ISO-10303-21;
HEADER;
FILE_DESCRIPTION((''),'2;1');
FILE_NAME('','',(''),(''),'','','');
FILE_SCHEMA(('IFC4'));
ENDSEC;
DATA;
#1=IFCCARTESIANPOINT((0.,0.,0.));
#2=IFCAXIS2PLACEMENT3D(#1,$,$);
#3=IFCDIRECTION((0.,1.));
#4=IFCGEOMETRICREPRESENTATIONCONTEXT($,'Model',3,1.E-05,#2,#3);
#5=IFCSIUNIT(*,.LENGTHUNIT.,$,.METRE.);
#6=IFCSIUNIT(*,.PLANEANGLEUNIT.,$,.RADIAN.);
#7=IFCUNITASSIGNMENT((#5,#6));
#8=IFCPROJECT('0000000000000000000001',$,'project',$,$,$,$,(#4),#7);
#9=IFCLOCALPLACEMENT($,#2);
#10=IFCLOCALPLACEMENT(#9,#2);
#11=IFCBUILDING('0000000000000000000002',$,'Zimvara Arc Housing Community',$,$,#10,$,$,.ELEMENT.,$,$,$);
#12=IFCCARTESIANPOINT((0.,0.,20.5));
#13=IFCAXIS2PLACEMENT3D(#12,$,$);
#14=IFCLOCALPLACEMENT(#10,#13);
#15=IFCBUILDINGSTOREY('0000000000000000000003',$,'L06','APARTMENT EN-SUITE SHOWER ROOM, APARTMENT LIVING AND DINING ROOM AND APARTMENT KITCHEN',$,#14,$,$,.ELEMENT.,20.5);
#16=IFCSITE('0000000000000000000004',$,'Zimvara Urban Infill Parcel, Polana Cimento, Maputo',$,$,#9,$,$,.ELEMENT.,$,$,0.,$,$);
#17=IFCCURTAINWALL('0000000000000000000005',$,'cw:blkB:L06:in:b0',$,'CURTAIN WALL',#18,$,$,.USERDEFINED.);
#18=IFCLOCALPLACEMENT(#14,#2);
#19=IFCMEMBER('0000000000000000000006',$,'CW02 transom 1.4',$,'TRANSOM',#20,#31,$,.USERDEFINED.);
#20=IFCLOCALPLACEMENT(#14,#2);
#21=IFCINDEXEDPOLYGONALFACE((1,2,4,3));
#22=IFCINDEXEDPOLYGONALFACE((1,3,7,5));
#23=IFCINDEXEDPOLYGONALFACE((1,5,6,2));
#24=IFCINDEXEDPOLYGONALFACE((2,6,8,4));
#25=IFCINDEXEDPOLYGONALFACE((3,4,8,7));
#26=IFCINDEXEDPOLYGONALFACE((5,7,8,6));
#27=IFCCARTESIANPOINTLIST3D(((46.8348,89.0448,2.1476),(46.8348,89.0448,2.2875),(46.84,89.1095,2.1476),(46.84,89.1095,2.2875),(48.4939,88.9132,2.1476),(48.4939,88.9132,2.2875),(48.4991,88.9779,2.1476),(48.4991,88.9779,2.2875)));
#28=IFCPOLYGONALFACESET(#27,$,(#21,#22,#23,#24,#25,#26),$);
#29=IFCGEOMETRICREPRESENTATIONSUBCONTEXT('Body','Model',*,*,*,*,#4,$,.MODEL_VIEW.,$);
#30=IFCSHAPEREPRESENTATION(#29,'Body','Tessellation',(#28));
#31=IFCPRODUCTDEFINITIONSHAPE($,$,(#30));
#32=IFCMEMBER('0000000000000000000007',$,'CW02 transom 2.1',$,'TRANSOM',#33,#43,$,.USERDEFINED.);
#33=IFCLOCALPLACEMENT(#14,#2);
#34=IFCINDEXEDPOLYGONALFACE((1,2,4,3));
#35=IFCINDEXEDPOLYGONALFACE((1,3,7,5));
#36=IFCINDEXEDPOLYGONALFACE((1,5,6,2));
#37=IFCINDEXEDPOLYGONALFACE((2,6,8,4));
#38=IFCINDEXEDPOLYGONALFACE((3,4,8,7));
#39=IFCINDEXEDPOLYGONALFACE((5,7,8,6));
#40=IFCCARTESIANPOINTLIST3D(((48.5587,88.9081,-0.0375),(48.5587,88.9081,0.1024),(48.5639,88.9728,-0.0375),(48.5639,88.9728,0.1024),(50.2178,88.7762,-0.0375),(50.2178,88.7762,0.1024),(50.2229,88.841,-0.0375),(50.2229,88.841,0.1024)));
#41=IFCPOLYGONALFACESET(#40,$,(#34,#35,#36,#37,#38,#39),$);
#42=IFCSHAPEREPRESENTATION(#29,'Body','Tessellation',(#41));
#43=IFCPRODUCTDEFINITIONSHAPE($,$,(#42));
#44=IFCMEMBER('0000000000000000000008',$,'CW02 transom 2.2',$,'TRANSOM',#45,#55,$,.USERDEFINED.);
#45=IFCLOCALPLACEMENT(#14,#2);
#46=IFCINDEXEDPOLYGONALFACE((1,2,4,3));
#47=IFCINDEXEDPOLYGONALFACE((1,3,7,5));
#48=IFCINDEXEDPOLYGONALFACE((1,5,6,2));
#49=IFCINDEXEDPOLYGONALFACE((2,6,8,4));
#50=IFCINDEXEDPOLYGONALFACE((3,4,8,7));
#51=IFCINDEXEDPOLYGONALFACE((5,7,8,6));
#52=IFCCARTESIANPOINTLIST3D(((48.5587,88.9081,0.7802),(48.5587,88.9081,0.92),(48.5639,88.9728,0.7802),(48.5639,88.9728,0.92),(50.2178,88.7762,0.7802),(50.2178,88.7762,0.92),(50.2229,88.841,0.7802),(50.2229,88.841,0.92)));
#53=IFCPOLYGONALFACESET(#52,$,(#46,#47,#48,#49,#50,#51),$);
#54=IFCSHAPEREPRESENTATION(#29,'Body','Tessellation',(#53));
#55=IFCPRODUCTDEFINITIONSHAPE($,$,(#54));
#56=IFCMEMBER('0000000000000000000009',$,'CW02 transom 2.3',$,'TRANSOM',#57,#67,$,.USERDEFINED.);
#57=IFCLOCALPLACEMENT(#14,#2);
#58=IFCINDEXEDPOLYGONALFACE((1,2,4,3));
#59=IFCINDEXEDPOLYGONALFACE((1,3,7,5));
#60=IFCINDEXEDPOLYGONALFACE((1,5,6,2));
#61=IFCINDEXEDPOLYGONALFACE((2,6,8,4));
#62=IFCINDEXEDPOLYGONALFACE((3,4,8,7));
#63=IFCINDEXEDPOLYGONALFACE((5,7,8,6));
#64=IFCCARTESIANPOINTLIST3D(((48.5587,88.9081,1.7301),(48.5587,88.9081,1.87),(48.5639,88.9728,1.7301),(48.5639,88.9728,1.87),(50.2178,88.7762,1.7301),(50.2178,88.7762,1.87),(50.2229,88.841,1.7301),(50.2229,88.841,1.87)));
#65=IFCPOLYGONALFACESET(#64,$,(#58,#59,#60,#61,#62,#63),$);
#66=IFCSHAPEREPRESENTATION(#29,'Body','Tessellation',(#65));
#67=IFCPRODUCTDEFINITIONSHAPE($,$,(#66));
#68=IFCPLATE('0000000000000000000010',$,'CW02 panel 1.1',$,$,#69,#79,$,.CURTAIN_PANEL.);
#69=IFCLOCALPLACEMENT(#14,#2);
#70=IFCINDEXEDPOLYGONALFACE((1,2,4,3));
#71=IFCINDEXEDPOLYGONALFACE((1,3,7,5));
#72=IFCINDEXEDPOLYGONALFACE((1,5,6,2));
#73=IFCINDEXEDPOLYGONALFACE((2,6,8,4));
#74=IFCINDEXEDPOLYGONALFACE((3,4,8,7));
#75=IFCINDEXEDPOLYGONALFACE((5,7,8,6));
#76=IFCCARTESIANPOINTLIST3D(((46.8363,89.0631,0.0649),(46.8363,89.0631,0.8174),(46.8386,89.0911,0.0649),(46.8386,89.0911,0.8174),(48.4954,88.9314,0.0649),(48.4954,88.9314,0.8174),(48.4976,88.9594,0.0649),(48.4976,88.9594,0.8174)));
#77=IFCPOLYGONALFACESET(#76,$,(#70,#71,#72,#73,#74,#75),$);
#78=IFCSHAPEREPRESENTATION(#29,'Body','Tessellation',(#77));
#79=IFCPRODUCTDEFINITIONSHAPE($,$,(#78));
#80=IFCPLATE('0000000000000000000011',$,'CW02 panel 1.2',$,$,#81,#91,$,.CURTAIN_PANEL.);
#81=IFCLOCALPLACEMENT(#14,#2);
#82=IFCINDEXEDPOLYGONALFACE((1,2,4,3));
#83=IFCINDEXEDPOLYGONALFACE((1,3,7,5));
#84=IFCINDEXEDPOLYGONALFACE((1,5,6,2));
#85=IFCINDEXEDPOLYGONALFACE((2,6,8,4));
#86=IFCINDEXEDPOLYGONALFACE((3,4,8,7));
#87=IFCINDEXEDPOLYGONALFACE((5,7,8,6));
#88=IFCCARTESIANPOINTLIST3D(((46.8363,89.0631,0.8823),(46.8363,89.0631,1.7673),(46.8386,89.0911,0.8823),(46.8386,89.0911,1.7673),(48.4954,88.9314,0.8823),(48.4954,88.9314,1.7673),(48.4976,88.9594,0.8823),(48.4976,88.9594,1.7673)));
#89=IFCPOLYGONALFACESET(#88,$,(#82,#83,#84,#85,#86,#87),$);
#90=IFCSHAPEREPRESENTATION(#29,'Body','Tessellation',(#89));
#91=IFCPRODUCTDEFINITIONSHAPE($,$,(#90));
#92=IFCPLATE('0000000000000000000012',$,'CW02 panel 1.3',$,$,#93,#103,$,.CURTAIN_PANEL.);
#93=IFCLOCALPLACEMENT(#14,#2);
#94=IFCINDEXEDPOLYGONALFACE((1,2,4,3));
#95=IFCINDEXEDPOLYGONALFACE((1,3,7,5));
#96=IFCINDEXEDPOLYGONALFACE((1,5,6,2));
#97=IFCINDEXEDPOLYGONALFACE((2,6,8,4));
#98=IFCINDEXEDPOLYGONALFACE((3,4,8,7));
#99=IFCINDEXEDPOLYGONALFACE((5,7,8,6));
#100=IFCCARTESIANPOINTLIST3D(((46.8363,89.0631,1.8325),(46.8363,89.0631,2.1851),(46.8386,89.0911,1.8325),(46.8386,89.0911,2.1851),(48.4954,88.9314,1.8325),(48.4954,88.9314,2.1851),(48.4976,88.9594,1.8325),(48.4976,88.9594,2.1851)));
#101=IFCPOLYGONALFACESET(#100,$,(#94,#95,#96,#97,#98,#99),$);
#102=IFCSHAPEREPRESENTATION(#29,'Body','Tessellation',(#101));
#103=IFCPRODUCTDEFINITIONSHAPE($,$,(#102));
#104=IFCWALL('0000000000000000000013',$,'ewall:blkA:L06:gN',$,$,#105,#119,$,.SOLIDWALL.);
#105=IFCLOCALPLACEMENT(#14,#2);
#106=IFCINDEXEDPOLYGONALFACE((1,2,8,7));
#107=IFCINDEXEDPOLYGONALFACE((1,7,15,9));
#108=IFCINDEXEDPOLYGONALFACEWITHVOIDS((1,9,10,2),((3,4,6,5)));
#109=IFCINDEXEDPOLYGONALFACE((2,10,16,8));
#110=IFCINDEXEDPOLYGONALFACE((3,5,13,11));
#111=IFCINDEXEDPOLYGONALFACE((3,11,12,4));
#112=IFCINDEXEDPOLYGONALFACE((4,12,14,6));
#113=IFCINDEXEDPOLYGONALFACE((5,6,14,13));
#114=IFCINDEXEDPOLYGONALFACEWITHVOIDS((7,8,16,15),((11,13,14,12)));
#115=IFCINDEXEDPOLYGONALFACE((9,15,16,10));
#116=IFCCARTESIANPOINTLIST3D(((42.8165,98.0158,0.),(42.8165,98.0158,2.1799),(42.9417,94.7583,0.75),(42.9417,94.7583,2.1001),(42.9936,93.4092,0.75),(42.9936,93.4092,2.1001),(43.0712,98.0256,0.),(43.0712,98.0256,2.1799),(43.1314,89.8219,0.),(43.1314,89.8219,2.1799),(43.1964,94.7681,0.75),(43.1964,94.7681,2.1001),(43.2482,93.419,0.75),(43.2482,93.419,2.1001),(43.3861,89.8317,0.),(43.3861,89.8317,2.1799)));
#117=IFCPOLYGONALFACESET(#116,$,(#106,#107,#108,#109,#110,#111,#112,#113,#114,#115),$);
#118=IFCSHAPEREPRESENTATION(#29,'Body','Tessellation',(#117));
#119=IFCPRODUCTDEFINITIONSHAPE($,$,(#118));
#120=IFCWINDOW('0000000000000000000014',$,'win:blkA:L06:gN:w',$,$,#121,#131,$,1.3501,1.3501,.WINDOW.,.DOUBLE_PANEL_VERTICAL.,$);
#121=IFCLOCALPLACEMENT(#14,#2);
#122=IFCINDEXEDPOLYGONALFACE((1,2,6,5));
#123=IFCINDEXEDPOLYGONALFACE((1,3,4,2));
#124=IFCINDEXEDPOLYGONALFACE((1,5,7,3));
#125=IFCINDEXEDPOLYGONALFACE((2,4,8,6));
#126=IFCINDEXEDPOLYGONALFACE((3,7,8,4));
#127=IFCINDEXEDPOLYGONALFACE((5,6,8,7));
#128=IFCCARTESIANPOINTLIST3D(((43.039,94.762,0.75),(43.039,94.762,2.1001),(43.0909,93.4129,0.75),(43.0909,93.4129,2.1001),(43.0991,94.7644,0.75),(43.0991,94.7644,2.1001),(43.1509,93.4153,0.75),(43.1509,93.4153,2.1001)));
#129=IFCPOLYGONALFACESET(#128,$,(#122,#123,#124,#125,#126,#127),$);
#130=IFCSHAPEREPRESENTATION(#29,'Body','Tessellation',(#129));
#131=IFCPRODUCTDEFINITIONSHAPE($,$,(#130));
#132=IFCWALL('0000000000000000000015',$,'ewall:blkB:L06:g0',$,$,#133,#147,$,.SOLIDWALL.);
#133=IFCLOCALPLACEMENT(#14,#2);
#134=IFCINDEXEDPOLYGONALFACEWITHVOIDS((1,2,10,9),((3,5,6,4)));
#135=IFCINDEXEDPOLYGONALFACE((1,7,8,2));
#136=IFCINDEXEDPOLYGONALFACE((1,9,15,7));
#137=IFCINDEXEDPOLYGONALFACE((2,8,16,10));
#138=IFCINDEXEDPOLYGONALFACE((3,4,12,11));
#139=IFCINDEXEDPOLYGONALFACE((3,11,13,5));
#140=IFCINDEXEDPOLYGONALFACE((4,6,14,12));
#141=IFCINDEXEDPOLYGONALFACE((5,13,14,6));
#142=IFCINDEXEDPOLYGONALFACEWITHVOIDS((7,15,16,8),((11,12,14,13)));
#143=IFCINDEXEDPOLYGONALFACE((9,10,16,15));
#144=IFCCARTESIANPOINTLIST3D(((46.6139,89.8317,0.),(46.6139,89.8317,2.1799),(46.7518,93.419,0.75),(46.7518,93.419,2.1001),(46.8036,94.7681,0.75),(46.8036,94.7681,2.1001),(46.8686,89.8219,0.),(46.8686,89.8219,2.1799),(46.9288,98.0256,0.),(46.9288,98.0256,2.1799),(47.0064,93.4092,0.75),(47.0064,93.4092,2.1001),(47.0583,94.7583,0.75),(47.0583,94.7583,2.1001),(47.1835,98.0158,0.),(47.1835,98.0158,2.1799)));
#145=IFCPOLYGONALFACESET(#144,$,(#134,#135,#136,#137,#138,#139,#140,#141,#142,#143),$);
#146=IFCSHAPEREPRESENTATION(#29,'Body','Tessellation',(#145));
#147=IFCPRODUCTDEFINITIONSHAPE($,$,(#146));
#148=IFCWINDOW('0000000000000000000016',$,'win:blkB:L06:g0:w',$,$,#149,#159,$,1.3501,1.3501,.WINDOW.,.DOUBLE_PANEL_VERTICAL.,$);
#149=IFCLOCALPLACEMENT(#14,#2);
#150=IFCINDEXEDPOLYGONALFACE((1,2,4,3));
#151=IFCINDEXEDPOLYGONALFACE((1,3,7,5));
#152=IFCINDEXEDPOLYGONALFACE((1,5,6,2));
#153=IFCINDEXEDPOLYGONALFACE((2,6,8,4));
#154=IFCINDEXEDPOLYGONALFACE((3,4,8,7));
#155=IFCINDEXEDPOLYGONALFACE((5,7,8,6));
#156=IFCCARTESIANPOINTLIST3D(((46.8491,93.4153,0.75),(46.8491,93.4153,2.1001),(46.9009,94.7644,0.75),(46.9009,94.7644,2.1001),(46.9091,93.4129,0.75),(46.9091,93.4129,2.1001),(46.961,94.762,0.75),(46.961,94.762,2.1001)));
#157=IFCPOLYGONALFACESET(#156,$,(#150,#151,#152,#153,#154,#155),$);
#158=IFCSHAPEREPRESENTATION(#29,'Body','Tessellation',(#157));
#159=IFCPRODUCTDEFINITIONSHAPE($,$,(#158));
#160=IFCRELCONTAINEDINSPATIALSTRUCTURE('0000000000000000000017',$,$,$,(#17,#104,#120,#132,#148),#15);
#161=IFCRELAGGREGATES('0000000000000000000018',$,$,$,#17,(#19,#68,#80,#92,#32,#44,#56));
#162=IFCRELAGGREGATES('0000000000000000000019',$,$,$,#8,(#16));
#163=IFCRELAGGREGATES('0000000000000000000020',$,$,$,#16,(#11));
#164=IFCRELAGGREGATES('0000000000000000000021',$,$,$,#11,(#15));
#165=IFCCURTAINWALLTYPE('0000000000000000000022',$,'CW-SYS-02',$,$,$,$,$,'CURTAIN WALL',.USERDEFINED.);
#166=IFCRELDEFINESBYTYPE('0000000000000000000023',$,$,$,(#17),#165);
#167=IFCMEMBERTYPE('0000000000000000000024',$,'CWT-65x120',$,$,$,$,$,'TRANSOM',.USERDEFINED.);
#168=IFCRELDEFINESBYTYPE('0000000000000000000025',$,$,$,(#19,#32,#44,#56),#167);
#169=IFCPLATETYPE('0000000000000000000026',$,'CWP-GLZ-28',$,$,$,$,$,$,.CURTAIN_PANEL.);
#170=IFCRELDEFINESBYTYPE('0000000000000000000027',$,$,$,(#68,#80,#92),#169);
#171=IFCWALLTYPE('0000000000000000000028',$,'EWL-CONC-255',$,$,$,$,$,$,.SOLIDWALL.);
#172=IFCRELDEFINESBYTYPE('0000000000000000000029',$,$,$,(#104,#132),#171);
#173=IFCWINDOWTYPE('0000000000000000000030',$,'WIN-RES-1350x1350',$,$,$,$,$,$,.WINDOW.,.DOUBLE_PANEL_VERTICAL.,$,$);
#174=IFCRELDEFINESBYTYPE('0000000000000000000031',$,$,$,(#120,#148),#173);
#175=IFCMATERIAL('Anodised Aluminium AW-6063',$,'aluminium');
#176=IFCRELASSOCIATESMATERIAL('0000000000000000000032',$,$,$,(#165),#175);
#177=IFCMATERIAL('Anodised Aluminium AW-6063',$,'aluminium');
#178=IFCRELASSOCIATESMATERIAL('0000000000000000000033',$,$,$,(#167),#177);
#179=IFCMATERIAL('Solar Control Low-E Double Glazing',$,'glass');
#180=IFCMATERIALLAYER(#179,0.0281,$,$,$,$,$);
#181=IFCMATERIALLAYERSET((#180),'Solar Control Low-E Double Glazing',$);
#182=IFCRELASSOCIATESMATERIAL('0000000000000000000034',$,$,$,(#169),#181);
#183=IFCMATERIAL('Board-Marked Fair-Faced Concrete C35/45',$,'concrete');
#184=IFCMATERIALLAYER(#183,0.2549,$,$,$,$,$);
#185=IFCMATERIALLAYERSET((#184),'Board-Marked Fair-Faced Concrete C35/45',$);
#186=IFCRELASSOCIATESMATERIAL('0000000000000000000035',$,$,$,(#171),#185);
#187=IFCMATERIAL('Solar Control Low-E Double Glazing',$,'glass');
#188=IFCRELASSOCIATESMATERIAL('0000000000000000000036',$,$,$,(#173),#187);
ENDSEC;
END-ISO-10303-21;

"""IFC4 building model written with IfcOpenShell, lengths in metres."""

from ifc_helpers import new_model, si_unit, direction, frame, frame_2d, origin, origin_2d, place, context, subcontext, project, spatial, rectangle, extrude, material, layer, layer_set, material_profile, profile_set, type_object, element, fill, aggregate, save


model = new_model("IFC4")

# Units and contexts
model_context = context("Model", 3, precision=1e-05, world=origin(), true_north=direction((0.0, 1.0)))
body_context = subcontext(model_context, "Body", "Model", "MODEL_VIEW")
ifc_project = project(units=[si_unit("LENGTHUNIT", "METRE"), si_unit("PLANEANGLEUNIT", "RADIAN")], contexts=[model_context])

# Site, building, storey
site_placement = place(None, origin())
site = spatial("IfcSite", under=ifc_project, at=site_placement, Name="Zimvara Urban Infill Parcel, Polana Cimento, Maputo", CompositionType="ELEMENT", RefElevation=0.0)
building_placement = place(site_placement, origin())
building = spatial("IfcBuilding", under=site, at=building_placement, Name="Zimvara Arc Housing Community", CompositionType="ELEMENT")
storey_placement = place(building_placement, frame((0.0, 0.0, 20.5)))
storey = spatial("IfcBuildingStorey", under=building, at=storey_placement, Name="L06", Description="APARTMENT EN-SUITE SHOWER ROOM, APARTMENT LIVING AND DINING ROOM AND APARTMENT KITCHEN", CompositionType="ELEMENT", Elevation=20.5)

# Curtain wall, members, plates
ifc_material_1 = material(Name="Anodised Aluminium AW-6063", Category="aluminium")
curtain_wall_type_1 = type_object("IfcCurtainWallType", Name="CW-SYS-02", ElementType="CURTAIN WALL", PredefinedType="USERDEFINED", material=ifc_material_1)
curtain_wall_1_placement = place(storey_placement, origin())
curtain_wall_1 = element("IfcCurtainWall", 1, at=curtain_wall_1_placement, inside=storey, type_object=curtain_wall_type_1, Name="cw:blkB:L06:in:b0", ObjectType="CURTAIN WALL", PredefinedType="USERDEFINED")
ifc_material_2 = material(Name="Anodised Aluminium AW-6063", Category="aluminium")
ifc_material_profile_1 = material_profile(ifc_material_2, rectangle(XDim=0.0649, YDim=0.1399, at=origin_2d()), Name="ALU 65x140")
ifc_profile_set_1 = profile_set([ifc_material_profile_1], Name="Anodised Aluminium AW-6063")
member_type_1 = type_object("IfcMemberType", Name="CWT-65x120", ElementType="TRANSOM", PredefinedType="USERDEFINED", material=ifc_profile_set_1)
member_1_placement = place(storey_placement, frame((46.8374, 89.0771, 2.2175), z_axis=(0.99687, -0.079063, 0.0), x_axis=(0.079063, 0.99687, 0.0)))
member_1 = element("IfcMember", 2, at=member_1_placement, type_object=member_type_1, Name="CW02 transom 1.4", ObjectType="TRANSOM", PredefinedType="USERDEFINED", context=body_context, shape_type="SweptSolid", body=[
    extrude(rectangle(XDim=0.0649, YDim=0.1399, at=origin_2d()), origin(), (0.0, 0.0, 1.0), 1.6643),
])
member_2_placement = place(storey_placement, frame((48.5613, 88.9404, 0.0325), z_axis=(0.996858, -0.079209, 0.0), x_axis=(0.079209, 0.996858, 0.0)))
member_2 = element("IfcMember", 3, at=member_2_placement, type_object=member_type_1, Name="CW02 transom 2.1", ObjectType="TRANSOM", PredefinedType="USERDEFINED", context=body_context, shape_type="SweptSolid", body=[
    extrude(rectangle(XDim=0.0649, YDim=0.1399, at=origin_2d()), origin(), (0.0, 0.0, 1.0), 1.6643),
])
member_3_placement = place(storey_placement, frame((48.5613, 88.9404, 0.8501), z_axis=(0.996858, -0.079209, 0.0), x_axis=(0.079209, 0.996858, 0.0)))
member_3 = element("IfcMember", 4, at=member_3_placement, type_object=member_type_1, Name="CW02 transom 2.2", ObjectType="TRANSOM", PredefinedType="USERDEFINED", context=body_context, shape_type="SweptSolid", body=[
    extrude(rectangle(XDim=0.0649, YDim=0.1399, at=origin_2d()), origin(), (0.0, 0.0, 1.0), 1.6643),
])
member_4_placement = place(storey_placement, frame((48.5613, 88.9404, 1.8), z_axis=(0.996858, -0.079209, 0.0), x_axis=(0.079209, 0.996858, 0.0)))
member_4 = element("IfcMember", 5, at=member_4_placement, type_object=member_type_1, Name="CW02 transom 2.3", ObjectType="TRANSOM", PredefinedType="USERDEFINED", context=body_context, shape_type="SweptSolid", body=[
    extrude(rectangle(XDim=0.0649, YDim=0.1399, at=origin_2d()), origin(), (0.0, 0.0, 1.0), 1.6643),
])
ifc_material_3 = material(Name="Solar Control Low-E Double Glazing", Category="glass")
ifc_layer_1 = layer(ifc_material_3, 0.0281)
ifc_layer_set_1 = layer_set([ifc_layer_1], Name="Solar Control Low-E Double Glazing")
plate_type = type_object("IfcPlateType", Name="CWP-GLZ-28", PredefinedType="CURTAIN_PANEL", material=ifc_layer_set_1)
plate_1_placement = place(storey_placement, frame((47.667, 89.0112, 0.0649), z_axis=(0.0, 0.0, 1.0), x_axis=(0.996862, -0.079155, 0.0)))
plate_1 = element("IfcPlate", 6, at=plate_1_placement, type_object=plate_type, Name="CW02 panel 1.1", PredefinedType="CURTAIN_PANEL", context=body_context, shape_type="SweptSolid", body=[
    extrude(rectangle(XDim=1.6643, YDim=0.0281, at=origin_2d()), origin(), (0.0, 0.0, 1.0), 0.7524),
])
plate_2_placement = place(storey_placement, frame((47.667, 89.0112, 0.8823), z_axis=(0.0, 0.0, 1.0), x_axis=(0.996862, -0.079155, 0.0)))
plate_2 = element("IfcPlate", 7, at=plate_2_placement, type_object=plate_type, Name="CW02 panel 1.2", PredefinedType="CURTAIN_PANEL", context=body_context, shape_type="SweptSolid", body=[
    extrude(rectangle(XDim=1.6643, YDim=0.0281, at=origin_2d()), origin(), (0.0, 0.0, 1.0), 0.885),
])
plate_3_placement = place(storey_placement, frame((47.667, 89.0112, 1.8325), z_axis=(0.0, 0.0, 1.0), x_axis=(0.996862, -0.079155, 0.0)))
plate_3 = element("IfcPlate", 8, at=plate_3_placement, type_object=plate_type, Name="CW02 panel 1.3", PredefinedType="CURTAIN_PANEL", context=body_context, shape_type="SweptSolid", body=[
    extrude(rectangle(XDim=1.6643, YDim=0.0281, at=origin_2d()), origin(), (0.0, 0.0, 1.0), 0.3525),
])
aggregate(curtain_wall_1, [member_1, plate_1, plate_2, plate_3, member_2, member_3, member_4])

# Walls, openings, windows
ifc_material_4 = material(Name="Board-Marked Fair-Faced Concrete C35/45", Category="concrete")
ifc_layer_2 = layer(ifc_material_4, 0.2549)
ifc_layer_set_2 = layer_set([ifc_layer_2], Name="Board-Marked Fair-Faced Concrete C35/45")
wall_type_1 = type_object("IfcWallType", Name="EWL-CONC-255", PredefinedType="SOLIDWALL", material=ifc_layer_set_2)
wall_1_placement = place(storey_placement, frame((43.2588, 89.8267, 0.0), z_axis=(0.0, 0.0, 1.0), x_axis=(-0.038408, 0.999262, 0.0)))
wall_1 = element("IfcWall", 9, at=wall_1_placement, inside=storey, type_object=wall_type_1, Name="ewall:blkA:L06:gN", PredefinedType="SOLIDWALL", context=body_context, shape_type="SweptSolid", body=[
    extrude(rectangle(XDim=8.2, YDim=0.2549, at=frame_2d((4.1001, 0.0))), origin(), (0.0, 0.0, 1.0), 2.1799),
])
opening_1_placement = place(wall_1_placement, frame((3.5901, 0.0, 0.75)))
opening_1 = element("IfcOpeningElement", 10, at=opening_1_placement, cuts=wall_1, PredefinedType="OPENING", context=body_context, shape_type="SweptSolid", body=[
    extrude(rectangle(XDim=1.3501, YDim=1.3501, at=frame_2d((0.675, 0.675))), frame((0.0, 0.1375, 0.0), z_axis=(0.0, -1.0, 0.0), x_axis=(1.0, 0.0, 0.0)), (0.0, 0.0, 1.0), 0.2749),
])
ifc_material_5 = material(Name="Solar Control Low-E Double Glazing", Category="glass")
window_type = type_object("IfcWindowType", Name="WIN-RES-1350x1350", PartitioningType="DOUBLE_PANEL_VERTICAL", PredefinedType="WINDOW", material=ifc_material_5)
window_1_placement = place(opening_1_placement, origin())
window_1 = element("IfcWindow", 11, at=window_1_placement, inside=storey, type_object=window_type, Name="win:blkA:L06:gN:w", OverallHeight=1.3501, OverallWidth=1.3501, PartitioningType="DOUBLE_PANEL_VERTICAL", PredefinedType="WINDOW", context=body_context, shape_type="SweptSolid", body=[
    extrude(rectangle(XDim=1.3501, YDim=1.3501, at=frame_2d((0.675, 0.675))), frame((0.0, 0.03, 0.0), z_axis=(0.0, -1.0, 0.0), x_axis=(1.0, 0.0, 0.0)), (0.0, 0.0, 1.0), 0.0601),
])
fill(opening_1, window_1)
wall_2_placement = place(storey_placement, frame((46.7412, 89.8267, 0.0), z_axis=(0.0, 0.0, 1.0), x_axis=(0.038408, 0.999262, 0.0)))
wall_2 = element("IfcWall", 12, at=wall_2_placement, inside=storey, type_object=wall_type_1, Name="ewall:blkB:L06:g0", PredefinedType="SOLIDWALL", context=body_context, shape_type="SweptSolid", body=[
    extrude(rectangle(XDim=8.2, YDim=0.2549, at=frame_2d((4.1001, 0.0))), origin(), (0.0, 0.0, 1.0), 2.1799),
])
opening_2_placement = place(wall_2_placement, frame((3.5901, 0.0, 0.75)))
opening_2 = element("IfcOpeningElement", 13, at=opening_2_placement, cuts=wall_2, PredefinedType="OPENING", context=body_context, shape_type="SweptSolid", body=[
    extrude(rectangle(XDim=1.3501, YDim=1.3501, at=frame_2d((0.675, 0.675))), frame((0.0, 0.1375, 0.0), z_axis=(0.0, -1.0, 0.0), x_axis=(1.0, 0.0, 0.0)), (0.0, 0.0, 1.0), 0.2749),
])
window_2_placement = place(opening_2_placement, origin())
window_2 = element("IfcWindow", 14, at=window_2_placement, inside=storey, type_object=window_type, Name="win:blkB:L06:g0:w", OverallHeight=1.3501, OverallWidth=1.3501, PartitioningType="DOUBLE_PANEL_VERTICAL", PredefinedType="WINDOW", context=body_context, shape_type="SweptSolid", body=[
    extrude(rectangle(XDim=1.3501, YDim=1.3501, at=frame_2d((0.675, 0.675))), frame((0.0, 0.03, 0.0), z_axis=(0.0, -1.0, 0.0), x_axis=(1.0, 0.0, 0.0)), (0.0, 0.0, 1.0), 0.0601),
])
fill(opening_2, window_2)

save(model, "model.ifc")
